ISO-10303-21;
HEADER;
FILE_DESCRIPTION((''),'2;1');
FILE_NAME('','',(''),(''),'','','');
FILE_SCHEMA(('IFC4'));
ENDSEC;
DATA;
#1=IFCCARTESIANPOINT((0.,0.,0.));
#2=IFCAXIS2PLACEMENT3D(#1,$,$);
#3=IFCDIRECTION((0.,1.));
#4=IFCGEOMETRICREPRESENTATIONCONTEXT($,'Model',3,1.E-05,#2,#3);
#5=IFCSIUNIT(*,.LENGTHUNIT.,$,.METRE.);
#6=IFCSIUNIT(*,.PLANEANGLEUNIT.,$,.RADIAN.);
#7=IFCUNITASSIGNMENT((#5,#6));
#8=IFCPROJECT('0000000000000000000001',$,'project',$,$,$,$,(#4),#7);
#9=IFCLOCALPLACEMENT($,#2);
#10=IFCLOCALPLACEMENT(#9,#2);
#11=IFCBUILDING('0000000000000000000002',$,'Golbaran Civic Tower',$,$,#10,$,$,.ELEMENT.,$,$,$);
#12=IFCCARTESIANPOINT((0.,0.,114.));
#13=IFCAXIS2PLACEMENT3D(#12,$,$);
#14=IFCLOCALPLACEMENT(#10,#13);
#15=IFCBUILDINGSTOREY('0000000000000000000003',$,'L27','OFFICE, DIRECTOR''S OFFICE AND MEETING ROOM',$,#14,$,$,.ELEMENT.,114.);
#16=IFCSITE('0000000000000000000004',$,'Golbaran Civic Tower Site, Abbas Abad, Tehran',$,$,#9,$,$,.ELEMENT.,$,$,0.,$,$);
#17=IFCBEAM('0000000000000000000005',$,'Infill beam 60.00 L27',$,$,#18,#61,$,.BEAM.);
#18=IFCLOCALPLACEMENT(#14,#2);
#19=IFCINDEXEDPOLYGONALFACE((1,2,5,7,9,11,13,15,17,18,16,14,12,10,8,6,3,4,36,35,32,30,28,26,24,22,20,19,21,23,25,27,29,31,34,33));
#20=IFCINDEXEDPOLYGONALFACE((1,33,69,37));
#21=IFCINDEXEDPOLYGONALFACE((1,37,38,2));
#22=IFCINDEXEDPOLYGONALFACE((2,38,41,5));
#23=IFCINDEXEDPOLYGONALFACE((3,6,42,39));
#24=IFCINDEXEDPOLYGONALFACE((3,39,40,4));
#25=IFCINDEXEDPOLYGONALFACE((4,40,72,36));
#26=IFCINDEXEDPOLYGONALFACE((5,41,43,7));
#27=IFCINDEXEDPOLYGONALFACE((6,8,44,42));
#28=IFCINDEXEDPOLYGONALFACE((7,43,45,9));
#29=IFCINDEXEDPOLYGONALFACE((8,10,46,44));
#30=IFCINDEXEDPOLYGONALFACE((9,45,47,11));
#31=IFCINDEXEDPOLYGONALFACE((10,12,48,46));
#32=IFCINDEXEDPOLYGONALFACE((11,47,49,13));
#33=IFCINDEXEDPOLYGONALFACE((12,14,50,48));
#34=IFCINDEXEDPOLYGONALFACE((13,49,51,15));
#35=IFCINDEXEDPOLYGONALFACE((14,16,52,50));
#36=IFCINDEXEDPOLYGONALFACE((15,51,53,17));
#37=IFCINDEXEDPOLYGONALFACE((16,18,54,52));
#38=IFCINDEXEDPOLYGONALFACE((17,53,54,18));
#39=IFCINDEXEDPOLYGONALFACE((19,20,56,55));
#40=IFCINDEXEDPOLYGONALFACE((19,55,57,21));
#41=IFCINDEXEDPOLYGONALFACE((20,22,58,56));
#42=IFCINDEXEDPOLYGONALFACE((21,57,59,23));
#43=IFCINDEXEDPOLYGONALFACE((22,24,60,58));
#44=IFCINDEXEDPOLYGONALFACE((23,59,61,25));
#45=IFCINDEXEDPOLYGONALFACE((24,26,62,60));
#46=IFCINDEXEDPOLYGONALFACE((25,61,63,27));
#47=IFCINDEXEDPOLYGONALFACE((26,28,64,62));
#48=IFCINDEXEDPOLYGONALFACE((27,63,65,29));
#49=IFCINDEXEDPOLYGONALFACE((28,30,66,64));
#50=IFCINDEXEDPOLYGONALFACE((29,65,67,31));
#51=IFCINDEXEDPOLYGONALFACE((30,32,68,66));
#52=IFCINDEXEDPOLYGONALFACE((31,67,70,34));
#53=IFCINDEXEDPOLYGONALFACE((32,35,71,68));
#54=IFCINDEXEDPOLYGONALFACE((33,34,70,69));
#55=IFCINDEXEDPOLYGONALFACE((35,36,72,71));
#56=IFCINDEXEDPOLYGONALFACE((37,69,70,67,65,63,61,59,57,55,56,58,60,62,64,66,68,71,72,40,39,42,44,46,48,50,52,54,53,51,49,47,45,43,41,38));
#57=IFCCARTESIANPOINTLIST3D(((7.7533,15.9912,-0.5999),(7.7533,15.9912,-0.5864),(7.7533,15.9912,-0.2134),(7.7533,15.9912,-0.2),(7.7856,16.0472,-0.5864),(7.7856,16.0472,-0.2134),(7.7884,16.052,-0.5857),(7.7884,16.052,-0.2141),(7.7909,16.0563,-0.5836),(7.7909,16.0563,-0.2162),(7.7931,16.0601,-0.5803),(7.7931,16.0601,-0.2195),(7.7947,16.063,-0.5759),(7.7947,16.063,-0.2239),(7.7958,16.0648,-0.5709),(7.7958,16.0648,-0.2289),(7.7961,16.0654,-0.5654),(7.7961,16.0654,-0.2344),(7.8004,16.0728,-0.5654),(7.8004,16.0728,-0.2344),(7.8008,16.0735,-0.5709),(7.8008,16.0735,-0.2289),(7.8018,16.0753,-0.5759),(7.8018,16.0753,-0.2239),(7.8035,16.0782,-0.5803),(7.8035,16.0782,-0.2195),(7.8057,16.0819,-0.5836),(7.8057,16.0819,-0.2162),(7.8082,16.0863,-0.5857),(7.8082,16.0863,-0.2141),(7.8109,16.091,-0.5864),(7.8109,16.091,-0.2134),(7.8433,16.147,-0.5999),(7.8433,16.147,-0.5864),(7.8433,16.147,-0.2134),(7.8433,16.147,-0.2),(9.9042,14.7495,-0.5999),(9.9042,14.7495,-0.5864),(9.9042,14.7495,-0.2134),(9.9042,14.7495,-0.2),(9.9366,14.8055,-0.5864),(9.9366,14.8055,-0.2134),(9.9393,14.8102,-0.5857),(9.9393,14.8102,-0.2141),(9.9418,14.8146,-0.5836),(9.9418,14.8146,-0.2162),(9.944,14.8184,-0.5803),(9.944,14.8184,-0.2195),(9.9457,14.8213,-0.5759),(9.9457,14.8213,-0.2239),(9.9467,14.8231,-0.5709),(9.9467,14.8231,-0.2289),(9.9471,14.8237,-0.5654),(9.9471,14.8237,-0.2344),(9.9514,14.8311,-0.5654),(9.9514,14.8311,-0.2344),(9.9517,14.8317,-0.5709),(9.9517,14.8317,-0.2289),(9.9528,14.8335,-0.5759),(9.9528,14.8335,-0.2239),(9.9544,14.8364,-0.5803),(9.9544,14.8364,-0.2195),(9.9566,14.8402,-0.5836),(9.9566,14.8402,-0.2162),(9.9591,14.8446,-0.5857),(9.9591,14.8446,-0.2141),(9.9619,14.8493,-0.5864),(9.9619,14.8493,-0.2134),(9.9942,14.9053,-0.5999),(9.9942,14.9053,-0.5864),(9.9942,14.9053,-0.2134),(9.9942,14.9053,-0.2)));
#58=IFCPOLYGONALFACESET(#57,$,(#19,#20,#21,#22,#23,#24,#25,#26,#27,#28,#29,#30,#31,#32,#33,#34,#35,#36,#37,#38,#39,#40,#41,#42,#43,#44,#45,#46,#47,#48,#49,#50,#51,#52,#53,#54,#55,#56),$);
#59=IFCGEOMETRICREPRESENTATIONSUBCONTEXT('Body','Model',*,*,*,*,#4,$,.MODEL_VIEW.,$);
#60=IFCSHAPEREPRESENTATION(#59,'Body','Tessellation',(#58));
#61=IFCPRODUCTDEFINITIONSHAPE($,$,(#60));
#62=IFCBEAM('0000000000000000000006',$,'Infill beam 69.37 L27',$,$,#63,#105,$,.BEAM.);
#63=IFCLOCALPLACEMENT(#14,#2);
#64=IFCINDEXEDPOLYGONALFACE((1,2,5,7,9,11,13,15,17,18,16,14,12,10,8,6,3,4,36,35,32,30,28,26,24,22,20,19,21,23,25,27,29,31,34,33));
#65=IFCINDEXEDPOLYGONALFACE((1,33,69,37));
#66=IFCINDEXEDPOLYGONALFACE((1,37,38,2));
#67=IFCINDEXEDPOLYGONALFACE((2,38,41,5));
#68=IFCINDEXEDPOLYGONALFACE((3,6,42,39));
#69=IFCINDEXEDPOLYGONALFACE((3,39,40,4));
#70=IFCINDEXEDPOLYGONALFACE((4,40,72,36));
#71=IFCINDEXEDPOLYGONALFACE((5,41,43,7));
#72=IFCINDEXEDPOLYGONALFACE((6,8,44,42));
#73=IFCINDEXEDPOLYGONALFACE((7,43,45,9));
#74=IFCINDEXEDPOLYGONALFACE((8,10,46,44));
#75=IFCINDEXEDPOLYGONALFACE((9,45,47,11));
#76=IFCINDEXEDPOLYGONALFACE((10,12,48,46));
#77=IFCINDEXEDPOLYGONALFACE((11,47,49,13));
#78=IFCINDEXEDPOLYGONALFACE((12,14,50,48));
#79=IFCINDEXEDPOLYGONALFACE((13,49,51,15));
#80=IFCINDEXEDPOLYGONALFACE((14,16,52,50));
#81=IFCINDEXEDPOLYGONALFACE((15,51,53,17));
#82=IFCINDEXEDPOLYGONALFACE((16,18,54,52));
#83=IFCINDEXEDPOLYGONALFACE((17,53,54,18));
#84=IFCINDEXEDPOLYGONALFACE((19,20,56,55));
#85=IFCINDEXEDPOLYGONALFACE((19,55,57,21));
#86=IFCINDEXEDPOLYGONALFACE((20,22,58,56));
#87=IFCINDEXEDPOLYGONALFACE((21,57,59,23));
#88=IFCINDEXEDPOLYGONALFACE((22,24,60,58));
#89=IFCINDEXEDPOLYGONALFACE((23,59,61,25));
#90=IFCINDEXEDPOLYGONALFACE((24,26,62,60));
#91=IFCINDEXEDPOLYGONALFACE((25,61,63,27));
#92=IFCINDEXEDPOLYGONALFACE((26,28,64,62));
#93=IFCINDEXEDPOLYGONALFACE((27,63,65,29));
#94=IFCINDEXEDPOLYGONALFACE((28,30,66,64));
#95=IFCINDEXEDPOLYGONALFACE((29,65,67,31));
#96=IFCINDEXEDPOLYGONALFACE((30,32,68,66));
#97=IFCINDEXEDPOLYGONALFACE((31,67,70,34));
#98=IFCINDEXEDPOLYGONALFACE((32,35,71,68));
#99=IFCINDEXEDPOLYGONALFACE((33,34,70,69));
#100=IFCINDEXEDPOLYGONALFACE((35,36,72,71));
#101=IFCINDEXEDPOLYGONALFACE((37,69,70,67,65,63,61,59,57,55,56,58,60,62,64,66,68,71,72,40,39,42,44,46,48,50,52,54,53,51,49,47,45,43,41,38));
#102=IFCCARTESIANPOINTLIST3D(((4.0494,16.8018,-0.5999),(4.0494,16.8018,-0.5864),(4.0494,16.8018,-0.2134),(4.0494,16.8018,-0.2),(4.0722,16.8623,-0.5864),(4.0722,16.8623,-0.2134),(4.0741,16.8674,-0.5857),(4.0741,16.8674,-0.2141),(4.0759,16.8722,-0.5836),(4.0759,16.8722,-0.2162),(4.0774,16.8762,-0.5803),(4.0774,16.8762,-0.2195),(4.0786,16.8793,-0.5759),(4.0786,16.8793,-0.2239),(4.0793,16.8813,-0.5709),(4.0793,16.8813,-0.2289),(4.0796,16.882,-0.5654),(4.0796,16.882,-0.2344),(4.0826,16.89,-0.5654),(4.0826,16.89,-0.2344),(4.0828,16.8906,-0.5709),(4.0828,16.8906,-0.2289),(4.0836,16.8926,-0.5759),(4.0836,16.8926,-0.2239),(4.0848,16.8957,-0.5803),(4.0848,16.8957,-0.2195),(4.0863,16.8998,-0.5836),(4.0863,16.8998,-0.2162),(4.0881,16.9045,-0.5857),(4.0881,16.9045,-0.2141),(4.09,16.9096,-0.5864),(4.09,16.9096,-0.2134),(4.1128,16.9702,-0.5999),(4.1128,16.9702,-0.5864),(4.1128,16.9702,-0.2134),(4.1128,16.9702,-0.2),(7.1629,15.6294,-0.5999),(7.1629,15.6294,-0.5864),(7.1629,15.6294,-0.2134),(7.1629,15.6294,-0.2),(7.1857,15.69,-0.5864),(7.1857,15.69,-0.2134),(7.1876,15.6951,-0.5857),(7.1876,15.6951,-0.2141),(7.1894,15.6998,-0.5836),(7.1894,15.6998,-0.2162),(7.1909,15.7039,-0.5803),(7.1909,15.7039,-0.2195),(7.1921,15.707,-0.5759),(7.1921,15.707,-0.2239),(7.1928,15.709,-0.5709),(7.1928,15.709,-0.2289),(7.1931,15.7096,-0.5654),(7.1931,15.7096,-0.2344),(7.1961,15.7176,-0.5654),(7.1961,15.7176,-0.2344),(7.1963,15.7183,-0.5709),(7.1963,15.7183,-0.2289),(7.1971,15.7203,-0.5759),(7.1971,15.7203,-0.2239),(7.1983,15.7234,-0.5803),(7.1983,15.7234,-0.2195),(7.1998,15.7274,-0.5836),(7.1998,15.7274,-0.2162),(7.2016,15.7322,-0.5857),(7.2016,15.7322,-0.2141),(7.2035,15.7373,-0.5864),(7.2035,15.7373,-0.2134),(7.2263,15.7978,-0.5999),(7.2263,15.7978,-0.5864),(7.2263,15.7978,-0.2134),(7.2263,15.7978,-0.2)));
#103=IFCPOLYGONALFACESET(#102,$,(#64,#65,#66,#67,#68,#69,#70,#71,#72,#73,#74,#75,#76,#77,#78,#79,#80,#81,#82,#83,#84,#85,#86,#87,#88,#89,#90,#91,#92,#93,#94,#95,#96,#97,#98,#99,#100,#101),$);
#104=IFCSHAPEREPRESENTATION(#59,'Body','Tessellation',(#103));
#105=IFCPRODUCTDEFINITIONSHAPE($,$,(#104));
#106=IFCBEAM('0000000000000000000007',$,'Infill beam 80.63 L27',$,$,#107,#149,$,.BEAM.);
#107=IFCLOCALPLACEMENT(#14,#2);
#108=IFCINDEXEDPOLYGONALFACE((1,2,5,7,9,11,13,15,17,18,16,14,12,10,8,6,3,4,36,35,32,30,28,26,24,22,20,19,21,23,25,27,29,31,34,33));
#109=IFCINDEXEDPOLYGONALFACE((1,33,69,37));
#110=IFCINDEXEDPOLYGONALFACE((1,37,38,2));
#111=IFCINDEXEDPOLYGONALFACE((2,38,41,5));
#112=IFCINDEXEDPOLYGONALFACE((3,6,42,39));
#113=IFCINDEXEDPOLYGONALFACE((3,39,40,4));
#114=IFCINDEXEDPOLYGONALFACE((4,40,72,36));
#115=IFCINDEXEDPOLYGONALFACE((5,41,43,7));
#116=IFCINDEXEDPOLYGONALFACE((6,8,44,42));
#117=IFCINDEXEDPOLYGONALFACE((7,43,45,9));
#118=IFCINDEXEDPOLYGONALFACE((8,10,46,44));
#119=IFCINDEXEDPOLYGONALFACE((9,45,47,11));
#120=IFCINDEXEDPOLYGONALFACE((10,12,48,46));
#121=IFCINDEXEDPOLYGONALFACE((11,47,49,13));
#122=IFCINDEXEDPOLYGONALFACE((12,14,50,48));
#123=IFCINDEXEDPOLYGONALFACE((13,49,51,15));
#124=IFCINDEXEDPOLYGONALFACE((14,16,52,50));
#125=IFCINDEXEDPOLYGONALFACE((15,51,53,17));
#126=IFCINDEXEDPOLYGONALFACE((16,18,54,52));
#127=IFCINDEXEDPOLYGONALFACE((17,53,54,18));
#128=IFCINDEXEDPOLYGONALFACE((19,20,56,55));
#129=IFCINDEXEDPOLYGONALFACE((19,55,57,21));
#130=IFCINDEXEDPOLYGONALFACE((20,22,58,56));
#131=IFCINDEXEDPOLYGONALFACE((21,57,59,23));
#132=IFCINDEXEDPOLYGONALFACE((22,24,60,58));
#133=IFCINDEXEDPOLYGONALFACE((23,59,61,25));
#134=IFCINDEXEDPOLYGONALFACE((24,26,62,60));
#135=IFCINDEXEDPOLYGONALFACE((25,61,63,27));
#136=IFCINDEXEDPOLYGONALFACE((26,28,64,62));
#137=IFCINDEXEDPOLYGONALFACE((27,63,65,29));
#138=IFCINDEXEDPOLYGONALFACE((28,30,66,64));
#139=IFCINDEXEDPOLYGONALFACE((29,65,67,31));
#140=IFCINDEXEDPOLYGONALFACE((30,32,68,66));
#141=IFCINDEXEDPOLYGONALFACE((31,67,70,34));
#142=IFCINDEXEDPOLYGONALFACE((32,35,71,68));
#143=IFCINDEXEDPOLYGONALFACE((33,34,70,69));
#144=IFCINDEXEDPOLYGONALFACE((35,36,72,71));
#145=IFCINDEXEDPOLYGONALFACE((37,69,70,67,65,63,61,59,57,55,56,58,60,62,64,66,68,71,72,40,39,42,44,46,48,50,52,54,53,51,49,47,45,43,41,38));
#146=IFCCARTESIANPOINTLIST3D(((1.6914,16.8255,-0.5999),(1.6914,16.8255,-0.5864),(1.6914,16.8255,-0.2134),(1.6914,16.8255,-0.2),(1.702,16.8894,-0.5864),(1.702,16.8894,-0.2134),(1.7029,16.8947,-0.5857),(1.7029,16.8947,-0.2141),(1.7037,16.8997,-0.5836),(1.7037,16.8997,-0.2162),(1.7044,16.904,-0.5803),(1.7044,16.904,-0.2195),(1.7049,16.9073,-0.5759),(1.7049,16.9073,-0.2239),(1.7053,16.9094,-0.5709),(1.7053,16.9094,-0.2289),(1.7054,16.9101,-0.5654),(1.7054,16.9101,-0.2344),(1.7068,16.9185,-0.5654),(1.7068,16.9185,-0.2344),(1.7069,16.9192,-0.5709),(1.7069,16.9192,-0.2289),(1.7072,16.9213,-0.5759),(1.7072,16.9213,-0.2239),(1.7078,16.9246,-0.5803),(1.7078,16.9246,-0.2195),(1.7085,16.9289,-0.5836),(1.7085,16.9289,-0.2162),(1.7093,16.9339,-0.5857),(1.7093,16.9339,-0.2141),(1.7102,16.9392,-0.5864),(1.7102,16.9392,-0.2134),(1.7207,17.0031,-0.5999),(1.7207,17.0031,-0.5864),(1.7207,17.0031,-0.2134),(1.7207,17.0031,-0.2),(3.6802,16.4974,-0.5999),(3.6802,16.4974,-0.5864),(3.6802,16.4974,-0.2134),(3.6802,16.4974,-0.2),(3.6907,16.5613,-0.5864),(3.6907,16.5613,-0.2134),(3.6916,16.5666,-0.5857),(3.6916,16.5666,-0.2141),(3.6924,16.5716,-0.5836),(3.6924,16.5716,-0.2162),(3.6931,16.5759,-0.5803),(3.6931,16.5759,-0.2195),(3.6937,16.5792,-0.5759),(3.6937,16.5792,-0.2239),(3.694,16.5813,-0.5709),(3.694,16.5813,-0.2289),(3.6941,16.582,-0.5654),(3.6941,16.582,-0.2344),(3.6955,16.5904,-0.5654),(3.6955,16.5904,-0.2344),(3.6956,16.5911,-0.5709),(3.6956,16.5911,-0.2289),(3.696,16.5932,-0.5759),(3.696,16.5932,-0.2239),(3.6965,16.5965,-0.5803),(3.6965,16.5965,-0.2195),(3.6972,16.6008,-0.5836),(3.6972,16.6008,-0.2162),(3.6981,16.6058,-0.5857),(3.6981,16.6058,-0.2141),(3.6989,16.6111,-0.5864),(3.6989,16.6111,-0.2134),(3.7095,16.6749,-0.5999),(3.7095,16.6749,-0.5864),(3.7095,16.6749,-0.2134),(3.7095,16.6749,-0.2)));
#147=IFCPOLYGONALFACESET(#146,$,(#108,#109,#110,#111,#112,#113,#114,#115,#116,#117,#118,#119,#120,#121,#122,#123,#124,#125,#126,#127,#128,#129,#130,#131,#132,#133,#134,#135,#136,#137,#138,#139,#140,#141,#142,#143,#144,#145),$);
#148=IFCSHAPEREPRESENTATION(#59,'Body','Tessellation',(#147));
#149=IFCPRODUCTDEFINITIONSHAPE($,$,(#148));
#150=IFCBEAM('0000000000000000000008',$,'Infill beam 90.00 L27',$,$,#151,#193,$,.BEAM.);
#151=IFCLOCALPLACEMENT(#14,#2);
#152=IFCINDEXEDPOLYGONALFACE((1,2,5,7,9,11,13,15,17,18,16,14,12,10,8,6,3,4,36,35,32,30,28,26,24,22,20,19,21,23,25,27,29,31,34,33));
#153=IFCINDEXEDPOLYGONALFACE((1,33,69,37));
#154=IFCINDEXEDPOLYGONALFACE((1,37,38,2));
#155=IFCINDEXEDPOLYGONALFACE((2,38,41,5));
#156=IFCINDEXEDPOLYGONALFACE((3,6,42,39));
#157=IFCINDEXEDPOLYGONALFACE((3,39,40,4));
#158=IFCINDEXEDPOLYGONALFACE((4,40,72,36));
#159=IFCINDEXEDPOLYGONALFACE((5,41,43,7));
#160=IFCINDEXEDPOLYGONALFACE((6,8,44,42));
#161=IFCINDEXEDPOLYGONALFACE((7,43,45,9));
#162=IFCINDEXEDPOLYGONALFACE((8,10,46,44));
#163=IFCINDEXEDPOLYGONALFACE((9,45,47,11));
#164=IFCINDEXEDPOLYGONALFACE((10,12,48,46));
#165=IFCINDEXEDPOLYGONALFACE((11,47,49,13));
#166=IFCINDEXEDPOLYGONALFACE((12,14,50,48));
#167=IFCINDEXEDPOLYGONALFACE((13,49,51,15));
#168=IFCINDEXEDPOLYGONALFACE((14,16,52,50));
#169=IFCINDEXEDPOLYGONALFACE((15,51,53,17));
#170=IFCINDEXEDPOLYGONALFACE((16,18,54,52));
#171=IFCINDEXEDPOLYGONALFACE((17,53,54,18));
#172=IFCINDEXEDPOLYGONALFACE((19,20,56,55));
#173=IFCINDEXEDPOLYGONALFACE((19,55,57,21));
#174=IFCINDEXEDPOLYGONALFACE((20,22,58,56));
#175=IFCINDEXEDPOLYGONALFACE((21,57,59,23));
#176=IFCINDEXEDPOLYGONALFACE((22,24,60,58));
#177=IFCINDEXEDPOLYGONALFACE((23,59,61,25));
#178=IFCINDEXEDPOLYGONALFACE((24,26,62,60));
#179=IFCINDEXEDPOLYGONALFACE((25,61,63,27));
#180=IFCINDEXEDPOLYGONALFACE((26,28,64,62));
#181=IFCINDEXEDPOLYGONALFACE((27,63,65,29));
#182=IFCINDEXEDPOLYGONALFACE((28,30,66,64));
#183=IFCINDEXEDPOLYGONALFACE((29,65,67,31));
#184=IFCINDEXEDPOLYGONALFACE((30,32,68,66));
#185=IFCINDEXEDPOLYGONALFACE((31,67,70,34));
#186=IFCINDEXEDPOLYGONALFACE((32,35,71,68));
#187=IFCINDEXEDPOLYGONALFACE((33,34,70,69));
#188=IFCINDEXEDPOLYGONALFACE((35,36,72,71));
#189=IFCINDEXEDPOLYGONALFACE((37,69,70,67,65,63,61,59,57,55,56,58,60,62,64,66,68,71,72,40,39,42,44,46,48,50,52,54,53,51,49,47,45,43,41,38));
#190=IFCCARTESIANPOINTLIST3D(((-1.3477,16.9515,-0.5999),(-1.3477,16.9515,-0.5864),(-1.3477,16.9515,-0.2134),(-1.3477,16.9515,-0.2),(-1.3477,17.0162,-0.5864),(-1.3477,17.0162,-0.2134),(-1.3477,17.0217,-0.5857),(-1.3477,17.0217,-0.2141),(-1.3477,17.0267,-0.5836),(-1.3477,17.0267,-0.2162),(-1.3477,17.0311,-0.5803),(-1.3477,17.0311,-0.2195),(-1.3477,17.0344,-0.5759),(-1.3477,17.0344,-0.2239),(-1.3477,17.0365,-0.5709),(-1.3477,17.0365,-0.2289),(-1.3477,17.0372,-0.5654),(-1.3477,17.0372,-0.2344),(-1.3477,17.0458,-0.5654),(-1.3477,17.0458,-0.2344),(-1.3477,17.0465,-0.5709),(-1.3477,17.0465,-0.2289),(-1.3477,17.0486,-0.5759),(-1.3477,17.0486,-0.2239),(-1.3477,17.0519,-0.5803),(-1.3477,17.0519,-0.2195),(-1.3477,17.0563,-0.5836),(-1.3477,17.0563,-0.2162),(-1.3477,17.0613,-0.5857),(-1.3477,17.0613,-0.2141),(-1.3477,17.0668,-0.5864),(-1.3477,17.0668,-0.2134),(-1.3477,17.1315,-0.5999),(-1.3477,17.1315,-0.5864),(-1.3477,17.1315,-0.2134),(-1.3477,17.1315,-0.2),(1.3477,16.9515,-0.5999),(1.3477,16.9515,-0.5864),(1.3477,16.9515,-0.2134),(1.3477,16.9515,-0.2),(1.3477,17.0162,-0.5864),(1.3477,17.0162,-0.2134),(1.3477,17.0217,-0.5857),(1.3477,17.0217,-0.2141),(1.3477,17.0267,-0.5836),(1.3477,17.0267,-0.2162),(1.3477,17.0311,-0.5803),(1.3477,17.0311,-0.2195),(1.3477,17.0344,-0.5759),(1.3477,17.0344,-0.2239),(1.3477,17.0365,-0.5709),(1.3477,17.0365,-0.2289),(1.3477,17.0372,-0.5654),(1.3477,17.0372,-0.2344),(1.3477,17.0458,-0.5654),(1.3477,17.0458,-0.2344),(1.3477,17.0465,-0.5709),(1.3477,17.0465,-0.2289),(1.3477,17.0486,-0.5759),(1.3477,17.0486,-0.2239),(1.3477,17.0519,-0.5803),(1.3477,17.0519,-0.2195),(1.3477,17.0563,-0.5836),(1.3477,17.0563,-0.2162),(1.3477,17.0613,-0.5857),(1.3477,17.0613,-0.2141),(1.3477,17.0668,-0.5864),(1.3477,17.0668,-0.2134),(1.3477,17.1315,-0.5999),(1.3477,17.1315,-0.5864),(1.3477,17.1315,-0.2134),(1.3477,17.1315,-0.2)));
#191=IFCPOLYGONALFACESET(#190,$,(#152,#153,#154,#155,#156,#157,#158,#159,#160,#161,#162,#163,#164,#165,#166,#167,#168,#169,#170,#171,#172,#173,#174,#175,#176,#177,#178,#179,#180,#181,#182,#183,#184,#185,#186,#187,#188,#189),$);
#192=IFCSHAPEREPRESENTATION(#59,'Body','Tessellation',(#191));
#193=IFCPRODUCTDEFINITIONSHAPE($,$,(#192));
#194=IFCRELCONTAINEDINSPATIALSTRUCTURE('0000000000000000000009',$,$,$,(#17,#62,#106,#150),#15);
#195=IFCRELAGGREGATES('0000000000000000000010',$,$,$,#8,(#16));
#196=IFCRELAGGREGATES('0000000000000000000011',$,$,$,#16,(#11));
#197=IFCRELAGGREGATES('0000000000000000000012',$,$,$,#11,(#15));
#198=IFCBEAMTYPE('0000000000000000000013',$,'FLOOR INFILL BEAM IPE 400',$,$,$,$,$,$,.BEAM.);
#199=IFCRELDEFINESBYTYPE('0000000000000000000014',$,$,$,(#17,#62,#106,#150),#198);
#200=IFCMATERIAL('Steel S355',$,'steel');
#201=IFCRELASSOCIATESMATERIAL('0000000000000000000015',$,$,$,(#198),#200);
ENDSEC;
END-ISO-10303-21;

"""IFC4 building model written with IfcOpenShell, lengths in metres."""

from ifc_helpers import new_model, si_unit, direction, frame, origin, origin_2d, place, context, subcontext, project, spatial, i_section, extrude, material, material_profile, profile_set, type_object, element, save


model = new_model("IFC4")

# Units and contexts
model_context = context("Model", 3, precision=1e-05, world=origin(), true_north=direction((0.0, 1.0)))
body_context = subcontext(model_context, "Body", "Model", "MODEL_VIEW")
ifc_project = project(units=[si_unit("LENGTHUNIT", "METRE"), si_unit("PLANEANGLEUNIT", "RADIAN")], contexts=[model_context])

# Site, building, storey
site_placement = place(None, origin())
site = spatial("IfcSite", under=ifc_project, at=site_placement, Name="Golbaran Civic Tower Site, Abbas Abad, Tehran", CompositionType="ELEMENT", RefElevation=0.0)
building_placement = place(site_placement, origin())
building = spatial("IfcBuilding", under=site, at=building_placement, Name="Golbaran Civic Tower", CompositionType="ELEMENT")
storey_placement = place(building_placement, frame((0.0, 0.0, 114.0)))
storey = spatial("IfcBuildingStorey", under=building, at=storey_placement, Name="L27", Description="OFFICE, DIRECTOR'S OFFICE AND MEETING ROOM", CompositionType="ELEMENT", Elevation=114.0)

# Beams
ifc_material_1 = material(Name="Steel S355", Category="steel")
ifc_material_profile_1 = material_profile(ifc_material_1, i_section(OverallWidth=0.1799, OverallDepth=0.3999, WebThickness=0.0085, FlangeThickness=0.0134, FilletRadius=0.021, at=origin_2d()), Name="IPE 400")
ifc_profile_set_1 = profile_set([ifc_material_profile_1], Name="Steel S355")
beam_type_1 = type_object("IfcBeamType", Name="FLOOR INFILL BEAM IPE 400", PredefinedType="BEAM", material=ifc_profile_set_1)
beam_1_placement = place(storey_placement, frame((9.9492, 14.8274, -0.3999), z_axis=(-0.866045, 0.499966, 0.0), x_axis=(-0.499966, -0.866045, 0.0)))
element("IfcBeam", 1, at=beam_1_placement, inside=storey, type_object=beam_type_1, Name="Infill beam 60.00 L27", PredefinedType="BEAM", context=body_context, shape_type="SweptSolid", body=[
    extrude(i_section(OverallWidth=0.1799, OverallDepth=0.3999, WebThickness=0.0085, FlangeThickness=0.0134, FilletRadius=0.021, at=origin_2d()), origin(), (0.0, 0.0, 1.0), 2.4836),
])
beam_2_placement = place(storey_placement, frame((7.1946, 15.7136, -0.3999), z_axis=(-0.935855, 0.352386, 0.0), x_axis=(-0.352386, -0.935855, 0.0)))
element("IfcBeam", 2, at=beam_2_placement, inside=storey, type_object=beam_type_1, Name="Infill beam 69.37 L27", PredefinedType="BEAM", context=body_context, shape_type="SweptSolid", body=[
    extrude(i_section(OverallWidth=0.1799, OverallDepth=0.3999, WebThickness=0.0085, FlangeThickness=0.0134, FilletRadius=0.021, at=origin_2d()), origin(), (0.0, 0.0, 1.0), 3.3269),
])
beam_3_placement = place(storey_placement, frame((3.6948, 16.5862, -0.3999), z_axis=(-0.986661, 0.162788, 0.0), x_axis=(-0.162788, -0.986661, 0.0)))
element("IfcBeam", 3, at=beam_3_placement, inside=storey, type_object=beam_type_1, Name="Infill beam 80.63 L27", PredefinedType="BEAM", context=body_context, shape_type="SweptSolid", body=[
    extrude(i_section(OverallWidth=0.1799, OverallDepth=0.3999, WebThickness=0.0085, FlangeThickness=0.0134, FilletRadius=0.021, at=origin_2d()), origin(), (0.0, 0.0, 1.0), 2.0156),
])
beam_4_placement = place(storey_placement, frame((1.3477, 17.0415, -0.3999), z_axis=(-1.0, 0.0, 0.0), x_axis=(0.0, -1.0, 0.0)))
element("IfcBeam", 4, at=beam_4_placement, inside=storey, type_object=beam_type_1, Name="Infill beam 90.00 L27", PredefinedType="BEAM", context=body_context, shape_type="SweptSolid", body=[
    extrude(i_section(OverallWidth=0.1799, OverallDepth=0.3999, WebThickness=0.0085, FlangeThickness=0.0134, FilletRadius=0.021, at=origin_2d()), origin(), (0.0, 0.0, 1.0), 2.6953),
])

save(model, "model.ifc")
